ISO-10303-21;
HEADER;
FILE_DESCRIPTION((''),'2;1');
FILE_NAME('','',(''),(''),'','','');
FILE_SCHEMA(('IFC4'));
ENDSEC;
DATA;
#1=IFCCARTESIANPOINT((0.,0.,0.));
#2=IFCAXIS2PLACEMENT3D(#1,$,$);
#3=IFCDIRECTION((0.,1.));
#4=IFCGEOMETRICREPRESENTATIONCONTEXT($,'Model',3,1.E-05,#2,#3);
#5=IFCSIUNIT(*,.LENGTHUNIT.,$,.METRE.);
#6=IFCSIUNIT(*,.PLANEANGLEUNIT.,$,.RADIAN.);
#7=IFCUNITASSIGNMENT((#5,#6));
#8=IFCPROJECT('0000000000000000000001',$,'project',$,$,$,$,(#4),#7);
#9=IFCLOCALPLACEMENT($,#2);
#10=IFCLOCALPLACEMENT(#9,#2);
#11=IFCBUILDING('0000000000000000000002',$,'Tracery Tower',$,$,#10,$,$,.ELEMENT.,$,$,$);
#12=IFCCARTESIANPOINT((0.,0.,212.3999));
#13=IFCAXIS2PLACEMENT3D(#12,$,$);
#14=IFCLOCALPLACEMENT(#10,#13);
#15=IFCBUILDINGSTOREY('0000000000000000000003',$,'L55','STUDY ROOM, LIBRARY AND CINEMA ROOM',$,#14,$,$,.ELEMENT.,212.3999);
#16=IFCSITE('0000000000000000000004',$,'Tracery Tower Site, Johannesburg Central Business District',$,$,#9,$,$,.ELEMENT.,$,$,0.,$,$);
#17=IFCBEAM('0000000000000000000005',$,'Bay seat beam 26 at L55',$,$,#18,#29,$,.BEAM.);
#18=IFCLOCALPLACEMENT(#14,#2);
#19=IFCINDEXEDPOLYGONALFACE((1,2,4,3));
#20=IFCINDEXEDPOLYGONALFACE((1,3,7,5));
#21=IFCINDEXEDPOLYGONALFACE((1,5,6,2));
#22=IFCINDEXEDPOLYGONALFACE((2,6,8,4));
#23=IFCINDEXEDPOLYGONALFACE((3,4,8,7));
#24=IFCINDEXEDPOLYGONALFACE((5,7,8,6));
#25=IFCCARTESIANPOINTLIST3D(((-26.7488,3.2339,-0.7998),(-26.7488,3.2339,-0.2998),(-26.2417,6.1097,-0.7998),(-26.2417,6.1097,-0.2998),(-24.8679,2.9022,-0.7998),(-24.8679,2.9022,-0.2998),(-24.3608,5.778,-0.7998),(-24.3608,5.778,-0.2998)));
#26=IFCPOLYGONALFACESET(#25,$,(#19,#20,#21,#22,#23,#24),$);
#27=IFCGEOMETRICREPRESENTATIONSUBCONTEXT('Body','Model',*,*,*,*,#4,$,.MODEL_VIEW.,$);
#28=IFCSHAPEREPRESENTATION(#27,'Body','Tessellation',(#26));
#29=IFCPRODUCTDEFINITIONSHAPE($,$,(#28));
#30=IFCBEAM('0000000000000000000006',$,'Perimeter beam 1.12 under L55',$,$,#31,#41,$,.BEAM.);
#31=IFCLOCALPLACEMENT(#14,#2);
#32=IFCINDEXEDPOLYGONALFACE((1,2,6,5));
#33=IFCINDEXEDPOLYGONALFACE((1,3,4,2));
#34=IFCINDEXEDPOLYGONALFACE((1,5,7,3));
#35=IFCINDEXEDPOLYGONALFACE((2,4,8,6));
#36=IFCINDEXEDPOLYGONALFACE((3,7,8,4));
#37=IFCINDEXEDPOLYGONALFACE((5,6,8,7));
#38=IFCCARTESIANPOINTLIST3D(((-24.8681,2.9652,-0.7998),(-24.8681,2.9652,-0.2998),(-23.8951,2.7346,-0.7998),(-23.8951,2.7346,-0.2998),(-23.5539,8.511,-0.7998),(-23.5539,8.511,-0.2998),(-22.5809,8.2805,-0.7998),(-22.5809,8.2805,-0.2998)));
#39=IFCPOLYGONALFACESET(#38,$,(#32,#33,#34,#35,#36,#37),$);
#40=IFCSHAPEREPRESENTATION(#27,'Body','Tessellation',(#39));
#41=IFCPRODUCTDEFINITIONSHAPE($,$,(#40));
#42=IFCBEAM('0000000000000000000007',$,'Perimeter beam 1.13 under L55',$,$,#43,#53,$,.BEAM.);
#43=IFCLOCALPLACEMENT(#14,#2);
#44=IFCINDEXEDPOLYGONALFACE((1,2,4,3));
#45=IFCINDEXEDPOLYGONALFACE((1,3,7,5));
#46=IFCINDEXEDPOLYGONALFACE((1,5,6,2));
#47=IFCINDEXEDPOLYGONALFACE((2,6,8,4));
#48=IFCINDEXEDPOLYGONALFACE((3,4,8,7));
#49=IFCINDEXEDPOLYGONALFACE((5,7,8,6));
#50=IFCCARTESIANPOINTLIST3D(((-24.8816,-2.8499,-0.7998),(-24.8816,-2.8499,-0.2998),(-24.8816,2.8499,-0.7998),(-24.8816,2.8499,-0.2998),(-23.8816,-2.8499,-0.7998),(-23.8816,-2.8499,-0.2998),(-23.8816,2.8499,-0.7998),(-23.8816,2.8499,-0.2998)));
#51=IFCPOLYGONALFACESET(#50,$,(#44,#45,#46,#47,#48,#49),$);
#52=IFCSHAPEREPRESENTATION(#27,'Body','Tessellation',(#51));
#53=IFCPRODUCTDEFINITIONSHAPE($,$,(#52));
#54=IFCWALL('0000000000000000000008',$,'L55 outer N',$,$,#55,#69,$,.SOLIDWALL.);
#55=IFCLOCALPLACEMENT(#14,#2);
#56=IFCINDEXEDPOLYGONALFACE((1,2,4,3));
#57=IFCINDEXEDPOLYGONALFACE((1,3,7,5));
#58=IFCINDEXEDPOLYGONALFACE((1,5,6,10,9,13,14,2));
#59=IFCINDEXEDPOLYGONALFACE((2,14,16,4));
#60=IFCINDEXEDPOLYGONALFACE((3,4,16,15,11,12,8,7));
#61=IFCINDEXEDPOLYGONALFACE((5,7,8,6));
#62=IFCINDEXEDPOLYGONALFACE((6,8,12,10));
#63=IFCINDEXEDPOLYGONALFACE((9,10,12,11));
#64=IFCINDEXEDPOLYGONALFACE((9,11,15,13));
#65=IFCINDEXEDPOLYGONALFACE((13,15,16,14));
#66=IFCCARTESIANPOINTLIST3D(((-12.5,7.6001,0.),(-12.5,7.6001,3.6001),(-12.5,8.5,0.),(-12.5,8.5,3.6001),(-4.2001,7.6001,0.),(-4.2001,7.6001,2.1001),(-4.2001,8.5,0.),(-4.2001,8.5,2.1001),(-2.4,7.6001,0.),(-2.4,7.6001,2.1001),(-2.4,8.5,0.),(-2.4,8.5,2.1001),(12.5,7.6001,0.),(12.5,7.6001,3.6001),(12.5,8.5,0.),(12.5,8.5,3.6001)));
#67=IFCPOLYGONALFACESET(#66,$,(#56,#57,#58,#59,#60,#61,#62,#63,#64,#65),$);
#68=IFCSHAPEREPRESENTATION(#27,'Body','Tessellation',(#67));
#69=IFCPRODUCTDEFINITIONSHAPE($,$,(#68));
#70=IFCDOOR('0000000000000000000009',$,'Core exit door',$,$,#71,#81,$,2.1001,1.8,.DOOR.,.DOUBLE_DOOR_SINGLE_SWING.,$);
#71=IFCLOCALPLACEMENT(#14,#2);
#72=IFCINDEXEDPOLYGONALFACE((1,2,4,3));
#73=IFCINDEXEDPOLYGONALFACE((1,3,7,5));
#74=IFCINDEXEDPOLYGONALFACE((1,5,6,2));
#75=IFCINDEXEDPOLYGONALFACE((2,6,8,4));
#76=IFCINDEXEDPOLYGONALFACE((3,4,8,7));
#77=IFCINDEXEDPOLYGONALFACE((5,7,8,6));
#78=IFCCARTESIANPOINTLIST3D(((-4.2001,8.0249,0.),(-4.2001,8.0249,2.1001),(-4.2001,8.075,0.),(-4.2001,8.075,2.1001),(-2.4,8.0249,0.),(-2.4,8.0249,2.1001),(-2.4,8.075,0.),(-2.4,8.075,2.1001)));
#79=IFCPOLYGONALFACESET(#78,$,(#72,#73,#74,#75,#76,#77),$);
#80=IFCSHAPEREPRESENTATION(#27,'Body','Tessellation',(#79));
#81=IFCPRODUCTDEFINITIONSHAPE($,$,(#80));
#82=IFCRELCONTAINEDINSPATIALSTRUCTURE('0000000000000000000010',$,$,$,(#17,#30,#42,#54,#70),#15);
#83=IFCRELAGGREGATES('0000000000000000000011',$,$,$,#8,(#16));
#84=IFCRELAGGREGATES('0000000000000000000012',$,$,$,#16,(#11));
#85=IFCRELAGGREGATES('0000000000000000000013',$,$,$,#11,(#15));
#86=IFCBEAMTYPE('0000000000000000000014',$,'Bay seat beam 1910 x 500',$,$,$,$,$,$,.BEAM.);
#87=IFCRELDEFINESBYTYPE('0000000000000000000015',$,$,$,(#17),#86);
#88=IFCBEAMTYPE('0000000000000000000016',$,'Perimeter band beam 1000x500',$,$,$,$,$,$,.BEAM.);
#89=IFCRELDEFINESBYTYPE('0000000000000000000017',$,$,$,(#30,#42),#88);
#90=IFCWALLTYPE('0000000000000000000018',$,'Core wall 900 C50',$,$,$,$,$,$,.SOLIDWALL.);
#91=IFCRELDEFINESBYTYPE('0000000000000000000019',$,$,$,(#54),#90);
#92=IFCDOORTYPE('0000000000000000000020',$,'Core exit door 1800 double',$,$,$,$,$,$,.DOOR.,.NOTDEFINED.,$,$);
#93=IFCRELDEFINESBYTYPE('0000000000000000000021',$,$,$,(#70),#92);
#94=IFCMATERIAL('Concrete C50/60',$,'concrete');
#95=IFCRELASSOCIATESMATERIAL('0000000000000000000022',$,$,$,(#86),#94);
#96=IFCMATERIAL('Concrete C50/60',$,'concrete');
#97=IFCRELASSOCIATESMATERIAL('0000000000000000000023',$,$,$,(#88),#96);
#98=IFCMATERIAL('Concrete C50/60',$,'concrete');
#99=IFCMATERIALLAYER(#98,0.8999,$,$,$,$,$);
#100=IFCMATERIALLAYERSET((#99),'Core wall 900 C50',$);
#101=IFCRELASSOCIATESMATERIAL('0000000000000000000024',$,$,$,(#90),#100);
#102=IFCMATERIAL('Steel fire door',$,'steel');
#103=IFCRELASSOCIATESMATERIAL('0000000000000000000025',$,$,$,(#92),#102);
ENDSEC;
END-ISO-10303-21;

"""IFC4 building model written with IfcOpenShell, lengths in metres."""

from ifc_helpers import new_model, si_unit, direction, frame, frame_2d, origin, origin_2d, place, context, subcontext, project, spatial, rectangle, extrude, material, layer, layer_set, material_profile, profile_set, type_object, element, fill, save


model = new_model("IFC4")

# Units and contexts
model_context = context("Model", 3, precision=1e-05, world=origin(), true_north=direction((0.0, 1.0)))
body_context = subcontext(model_context, "Body", "Model", "MODEL_VIEW")
ifc_project = project(units=[si_unit("LENGTHUNIT", "METRE"), si_unit("PLANEANGLEUNIT", "RADIAN")], contexts=[model_context])

# Site, building, storey
site_placement = place(None, origin())
site = spatial("IfcSite", under=ifc_project, at=site_placement, Name="Tracery Tower Site, Johannesburg Central Business District", CompositionType="ELEMENT", RefElevation=0.0)
building_placement = place(site_placement, origin())
building = spatial("IfcBuilding", under=site, at=building_placement, Name="Tracery Tower", CompositionType="ELEMENT")
storey_placement = place(building_placement, frame((0.0, 0.0, 212.3999)))
storey = spatial("IfcBuildingStorey", under=building, at=storey_placement, Name="L55", Description="STUDY ROOM, LIBRARY AND CINEMA ROOM", CompositionType="ELEMENT", Elevation=212.3999)

# Beams
ifc_material_1 = material(Name="Concrete C50/60", Category="concrete")
ifc_material_profile_1 = material_profile(ifc_material_1, rectangle(XDim=1.9099, YDim=0.5, at=origin_2d()), Name="RC 1910x500")
ifc_profile_set_1 = profile_set([ifc_material_profile_1], Name="Concrete C50/60")
beam_type_1 = type_object("IfcBeamType", Name="Bay seat beam 1910 x 500", PredefinedType="BEAM", material=ifc_profile_set_1)
beam_1_placement = place(storey_placement, frame((-25.3013, 5.9438, -0.5498), z_axis=(-0.173652, -0.984807, 0.0), x_axis=(0.984807, -0.173652, 0.0)))
element("IfcBeam", 1, at=beam_1_placement, inside=storey, type_object=beam_type_1, Name="Bay seat beam 26 at L55", PredefinedType="BEAM", context=body_context, shape_type="SweptSolid", body=[
    extrude(rectangle(XDim=1.9099, YDim=0.5, at=origin_2d()), origin(), (0.0, 0.0, 1.0), 2.9202),
])
ifc_material_2 = material(Name="Concrete C50/60", Category="concrete")
ifc_material_profile_2 = material_profile(ifc_material_2, rectangle(XDim=1.0, YDim=0.5, at=origin_2d()), Name="RC 1000x500")
ifc_profile_set_2 = profile_set([ifc_material_profile_2], Name="Concrete C50/60")
beam_type_2 = type_object("IfcBeamType", Name="Perimeter band beam 1000x500", PredefinedType="BEAM", material=ifc_profile_set_2)
beam_2_placement = place(storey_placement, frame((-23.0674, 8.3958, -0.5498), z_axis=(-0.230584, -0.973052, 0.0), x_axis=(0.973052, -0.230584, 0.0)))
element("IfcBeam", 2, at=beam_2_placement, inside=storey, type_object=beam_type_2, Name="Perimeter beam 1.12 under L55", PredefinedType="BEAM", context=body_context, shape_type="SweptSolid", body=[
    extrude(rectangle(XDim=1.0, YDim=0.5, at=origin_2d()), origin(), (0.0, 0.0, 1.0), 5.6995),
])
beam_3_placement = place(storey_placement, frame((-24.3816, 2.8499, -0.5498), z_axis=(0.0, -1.0, 0.0), x_axis=(1.0, 0.0, 0.0)))
element("IfcBeam", 3, at=beam_3_placement, inside=storey, type_object=beam_type_2, Name="Perimeter beam 1.13 under L55", PredefinedType="BEAM", context=body_context, shape_type="SweptSolid", body=[
    extrude(rectangle(XDim=1.0, YDim=0.5, at=origin_2d()), origin(), (0.0, 0.0, 1.0), 5.6997),
])

# Wall, opening, door
ifc_material_3 = material(Name="Concrete C50/60", Category="concrete")
ifc_layer_1 = layer(ifc_material_3, 0.8999)
ifc_layer_set_1 = layer_set([ifc_layer_1], Name="Core wall 900 C50")
wall_type_1 = type_object("IfcWallType", Name="Core wall 900 C50", PredefinedType="SOLIDWALL", material=ifc_layer_set_1)
wall_1_placement = place(storey_placement, frame((-12.5, 8.05, 0.0), z_axis=(0.0, 0.0, 1.0), x_axis=(1.0, 0.0, 0.0)))
wall_1 = element("IfcWall", 4, at=wall_1_placement, inside=storey, type_object=wall_type_1, Name="L55 outer N", PredefinedType="SOLIDWALL", context=body_context, shape_type="SweptSolid", body=[
    extrude(rectangle(XDim=25.0, YDim=0.8999, at=frame_2d((12.5, 0.0))), origin(), (0.0, 0.0, 1.0), 3.6001),
])
opening_1_placement = place(wall_1_placement, frame((8.3, 0.0, 0.0)))
opening_1 = element("IfcOpeningElement", 5, at=opening_1_placement, cuts=wall_1, PredefinedType="OPENING", context=body_context, shape_type="SweptSolid", body=[
    extrude(rectangle(XDim=1.8, YDim=2.1001, at=frame_2d((0.8999, 1.05))), frame((0.0, 0.45, 0.0), z_axis=(0.0, -1.0, 0.0), x_axis=(1.0, 0.0, 0.0)), (0.0, 0.0, 1.0), 0.8999),
])
ifc_material_4 = material(Name="Steel fire door", Category="steel")
door_type_1 = type_object("IfcDoorType", Name="Core exit door 1800 double", OperationType="NOTDEFINED", PredefinedType="DOOR", material=ifc_material_4)
door_1_placement = place(opening_1_placement, origin())
door_1 = element("IfcDoor", 6, at=door_1_placement, inside=storey, type_object=door_type_1, Name="Core exit door", OperationType="DOUBLE_DOOR_SINGLE_SWING", OverallHeight=2.1001, OverallWidth=1.8, PredefinedType="DOOR", context=body_context, shape_type="SweptSolid", body=[
    extrude(rectangle(XDim=1.8, YDim=2.1001, at=frame_2d((0.8999, 1.05))), frame((0.0, 0.0249, 0.0), z_axis=(0.0, -1.0, 0.0), x_axis=(1.0, 0.0, 0.0)), (0.0, 0.0, 1.0), 0.05),
])
fill(opening_1, door_1)

save(model, "model.ifc")
